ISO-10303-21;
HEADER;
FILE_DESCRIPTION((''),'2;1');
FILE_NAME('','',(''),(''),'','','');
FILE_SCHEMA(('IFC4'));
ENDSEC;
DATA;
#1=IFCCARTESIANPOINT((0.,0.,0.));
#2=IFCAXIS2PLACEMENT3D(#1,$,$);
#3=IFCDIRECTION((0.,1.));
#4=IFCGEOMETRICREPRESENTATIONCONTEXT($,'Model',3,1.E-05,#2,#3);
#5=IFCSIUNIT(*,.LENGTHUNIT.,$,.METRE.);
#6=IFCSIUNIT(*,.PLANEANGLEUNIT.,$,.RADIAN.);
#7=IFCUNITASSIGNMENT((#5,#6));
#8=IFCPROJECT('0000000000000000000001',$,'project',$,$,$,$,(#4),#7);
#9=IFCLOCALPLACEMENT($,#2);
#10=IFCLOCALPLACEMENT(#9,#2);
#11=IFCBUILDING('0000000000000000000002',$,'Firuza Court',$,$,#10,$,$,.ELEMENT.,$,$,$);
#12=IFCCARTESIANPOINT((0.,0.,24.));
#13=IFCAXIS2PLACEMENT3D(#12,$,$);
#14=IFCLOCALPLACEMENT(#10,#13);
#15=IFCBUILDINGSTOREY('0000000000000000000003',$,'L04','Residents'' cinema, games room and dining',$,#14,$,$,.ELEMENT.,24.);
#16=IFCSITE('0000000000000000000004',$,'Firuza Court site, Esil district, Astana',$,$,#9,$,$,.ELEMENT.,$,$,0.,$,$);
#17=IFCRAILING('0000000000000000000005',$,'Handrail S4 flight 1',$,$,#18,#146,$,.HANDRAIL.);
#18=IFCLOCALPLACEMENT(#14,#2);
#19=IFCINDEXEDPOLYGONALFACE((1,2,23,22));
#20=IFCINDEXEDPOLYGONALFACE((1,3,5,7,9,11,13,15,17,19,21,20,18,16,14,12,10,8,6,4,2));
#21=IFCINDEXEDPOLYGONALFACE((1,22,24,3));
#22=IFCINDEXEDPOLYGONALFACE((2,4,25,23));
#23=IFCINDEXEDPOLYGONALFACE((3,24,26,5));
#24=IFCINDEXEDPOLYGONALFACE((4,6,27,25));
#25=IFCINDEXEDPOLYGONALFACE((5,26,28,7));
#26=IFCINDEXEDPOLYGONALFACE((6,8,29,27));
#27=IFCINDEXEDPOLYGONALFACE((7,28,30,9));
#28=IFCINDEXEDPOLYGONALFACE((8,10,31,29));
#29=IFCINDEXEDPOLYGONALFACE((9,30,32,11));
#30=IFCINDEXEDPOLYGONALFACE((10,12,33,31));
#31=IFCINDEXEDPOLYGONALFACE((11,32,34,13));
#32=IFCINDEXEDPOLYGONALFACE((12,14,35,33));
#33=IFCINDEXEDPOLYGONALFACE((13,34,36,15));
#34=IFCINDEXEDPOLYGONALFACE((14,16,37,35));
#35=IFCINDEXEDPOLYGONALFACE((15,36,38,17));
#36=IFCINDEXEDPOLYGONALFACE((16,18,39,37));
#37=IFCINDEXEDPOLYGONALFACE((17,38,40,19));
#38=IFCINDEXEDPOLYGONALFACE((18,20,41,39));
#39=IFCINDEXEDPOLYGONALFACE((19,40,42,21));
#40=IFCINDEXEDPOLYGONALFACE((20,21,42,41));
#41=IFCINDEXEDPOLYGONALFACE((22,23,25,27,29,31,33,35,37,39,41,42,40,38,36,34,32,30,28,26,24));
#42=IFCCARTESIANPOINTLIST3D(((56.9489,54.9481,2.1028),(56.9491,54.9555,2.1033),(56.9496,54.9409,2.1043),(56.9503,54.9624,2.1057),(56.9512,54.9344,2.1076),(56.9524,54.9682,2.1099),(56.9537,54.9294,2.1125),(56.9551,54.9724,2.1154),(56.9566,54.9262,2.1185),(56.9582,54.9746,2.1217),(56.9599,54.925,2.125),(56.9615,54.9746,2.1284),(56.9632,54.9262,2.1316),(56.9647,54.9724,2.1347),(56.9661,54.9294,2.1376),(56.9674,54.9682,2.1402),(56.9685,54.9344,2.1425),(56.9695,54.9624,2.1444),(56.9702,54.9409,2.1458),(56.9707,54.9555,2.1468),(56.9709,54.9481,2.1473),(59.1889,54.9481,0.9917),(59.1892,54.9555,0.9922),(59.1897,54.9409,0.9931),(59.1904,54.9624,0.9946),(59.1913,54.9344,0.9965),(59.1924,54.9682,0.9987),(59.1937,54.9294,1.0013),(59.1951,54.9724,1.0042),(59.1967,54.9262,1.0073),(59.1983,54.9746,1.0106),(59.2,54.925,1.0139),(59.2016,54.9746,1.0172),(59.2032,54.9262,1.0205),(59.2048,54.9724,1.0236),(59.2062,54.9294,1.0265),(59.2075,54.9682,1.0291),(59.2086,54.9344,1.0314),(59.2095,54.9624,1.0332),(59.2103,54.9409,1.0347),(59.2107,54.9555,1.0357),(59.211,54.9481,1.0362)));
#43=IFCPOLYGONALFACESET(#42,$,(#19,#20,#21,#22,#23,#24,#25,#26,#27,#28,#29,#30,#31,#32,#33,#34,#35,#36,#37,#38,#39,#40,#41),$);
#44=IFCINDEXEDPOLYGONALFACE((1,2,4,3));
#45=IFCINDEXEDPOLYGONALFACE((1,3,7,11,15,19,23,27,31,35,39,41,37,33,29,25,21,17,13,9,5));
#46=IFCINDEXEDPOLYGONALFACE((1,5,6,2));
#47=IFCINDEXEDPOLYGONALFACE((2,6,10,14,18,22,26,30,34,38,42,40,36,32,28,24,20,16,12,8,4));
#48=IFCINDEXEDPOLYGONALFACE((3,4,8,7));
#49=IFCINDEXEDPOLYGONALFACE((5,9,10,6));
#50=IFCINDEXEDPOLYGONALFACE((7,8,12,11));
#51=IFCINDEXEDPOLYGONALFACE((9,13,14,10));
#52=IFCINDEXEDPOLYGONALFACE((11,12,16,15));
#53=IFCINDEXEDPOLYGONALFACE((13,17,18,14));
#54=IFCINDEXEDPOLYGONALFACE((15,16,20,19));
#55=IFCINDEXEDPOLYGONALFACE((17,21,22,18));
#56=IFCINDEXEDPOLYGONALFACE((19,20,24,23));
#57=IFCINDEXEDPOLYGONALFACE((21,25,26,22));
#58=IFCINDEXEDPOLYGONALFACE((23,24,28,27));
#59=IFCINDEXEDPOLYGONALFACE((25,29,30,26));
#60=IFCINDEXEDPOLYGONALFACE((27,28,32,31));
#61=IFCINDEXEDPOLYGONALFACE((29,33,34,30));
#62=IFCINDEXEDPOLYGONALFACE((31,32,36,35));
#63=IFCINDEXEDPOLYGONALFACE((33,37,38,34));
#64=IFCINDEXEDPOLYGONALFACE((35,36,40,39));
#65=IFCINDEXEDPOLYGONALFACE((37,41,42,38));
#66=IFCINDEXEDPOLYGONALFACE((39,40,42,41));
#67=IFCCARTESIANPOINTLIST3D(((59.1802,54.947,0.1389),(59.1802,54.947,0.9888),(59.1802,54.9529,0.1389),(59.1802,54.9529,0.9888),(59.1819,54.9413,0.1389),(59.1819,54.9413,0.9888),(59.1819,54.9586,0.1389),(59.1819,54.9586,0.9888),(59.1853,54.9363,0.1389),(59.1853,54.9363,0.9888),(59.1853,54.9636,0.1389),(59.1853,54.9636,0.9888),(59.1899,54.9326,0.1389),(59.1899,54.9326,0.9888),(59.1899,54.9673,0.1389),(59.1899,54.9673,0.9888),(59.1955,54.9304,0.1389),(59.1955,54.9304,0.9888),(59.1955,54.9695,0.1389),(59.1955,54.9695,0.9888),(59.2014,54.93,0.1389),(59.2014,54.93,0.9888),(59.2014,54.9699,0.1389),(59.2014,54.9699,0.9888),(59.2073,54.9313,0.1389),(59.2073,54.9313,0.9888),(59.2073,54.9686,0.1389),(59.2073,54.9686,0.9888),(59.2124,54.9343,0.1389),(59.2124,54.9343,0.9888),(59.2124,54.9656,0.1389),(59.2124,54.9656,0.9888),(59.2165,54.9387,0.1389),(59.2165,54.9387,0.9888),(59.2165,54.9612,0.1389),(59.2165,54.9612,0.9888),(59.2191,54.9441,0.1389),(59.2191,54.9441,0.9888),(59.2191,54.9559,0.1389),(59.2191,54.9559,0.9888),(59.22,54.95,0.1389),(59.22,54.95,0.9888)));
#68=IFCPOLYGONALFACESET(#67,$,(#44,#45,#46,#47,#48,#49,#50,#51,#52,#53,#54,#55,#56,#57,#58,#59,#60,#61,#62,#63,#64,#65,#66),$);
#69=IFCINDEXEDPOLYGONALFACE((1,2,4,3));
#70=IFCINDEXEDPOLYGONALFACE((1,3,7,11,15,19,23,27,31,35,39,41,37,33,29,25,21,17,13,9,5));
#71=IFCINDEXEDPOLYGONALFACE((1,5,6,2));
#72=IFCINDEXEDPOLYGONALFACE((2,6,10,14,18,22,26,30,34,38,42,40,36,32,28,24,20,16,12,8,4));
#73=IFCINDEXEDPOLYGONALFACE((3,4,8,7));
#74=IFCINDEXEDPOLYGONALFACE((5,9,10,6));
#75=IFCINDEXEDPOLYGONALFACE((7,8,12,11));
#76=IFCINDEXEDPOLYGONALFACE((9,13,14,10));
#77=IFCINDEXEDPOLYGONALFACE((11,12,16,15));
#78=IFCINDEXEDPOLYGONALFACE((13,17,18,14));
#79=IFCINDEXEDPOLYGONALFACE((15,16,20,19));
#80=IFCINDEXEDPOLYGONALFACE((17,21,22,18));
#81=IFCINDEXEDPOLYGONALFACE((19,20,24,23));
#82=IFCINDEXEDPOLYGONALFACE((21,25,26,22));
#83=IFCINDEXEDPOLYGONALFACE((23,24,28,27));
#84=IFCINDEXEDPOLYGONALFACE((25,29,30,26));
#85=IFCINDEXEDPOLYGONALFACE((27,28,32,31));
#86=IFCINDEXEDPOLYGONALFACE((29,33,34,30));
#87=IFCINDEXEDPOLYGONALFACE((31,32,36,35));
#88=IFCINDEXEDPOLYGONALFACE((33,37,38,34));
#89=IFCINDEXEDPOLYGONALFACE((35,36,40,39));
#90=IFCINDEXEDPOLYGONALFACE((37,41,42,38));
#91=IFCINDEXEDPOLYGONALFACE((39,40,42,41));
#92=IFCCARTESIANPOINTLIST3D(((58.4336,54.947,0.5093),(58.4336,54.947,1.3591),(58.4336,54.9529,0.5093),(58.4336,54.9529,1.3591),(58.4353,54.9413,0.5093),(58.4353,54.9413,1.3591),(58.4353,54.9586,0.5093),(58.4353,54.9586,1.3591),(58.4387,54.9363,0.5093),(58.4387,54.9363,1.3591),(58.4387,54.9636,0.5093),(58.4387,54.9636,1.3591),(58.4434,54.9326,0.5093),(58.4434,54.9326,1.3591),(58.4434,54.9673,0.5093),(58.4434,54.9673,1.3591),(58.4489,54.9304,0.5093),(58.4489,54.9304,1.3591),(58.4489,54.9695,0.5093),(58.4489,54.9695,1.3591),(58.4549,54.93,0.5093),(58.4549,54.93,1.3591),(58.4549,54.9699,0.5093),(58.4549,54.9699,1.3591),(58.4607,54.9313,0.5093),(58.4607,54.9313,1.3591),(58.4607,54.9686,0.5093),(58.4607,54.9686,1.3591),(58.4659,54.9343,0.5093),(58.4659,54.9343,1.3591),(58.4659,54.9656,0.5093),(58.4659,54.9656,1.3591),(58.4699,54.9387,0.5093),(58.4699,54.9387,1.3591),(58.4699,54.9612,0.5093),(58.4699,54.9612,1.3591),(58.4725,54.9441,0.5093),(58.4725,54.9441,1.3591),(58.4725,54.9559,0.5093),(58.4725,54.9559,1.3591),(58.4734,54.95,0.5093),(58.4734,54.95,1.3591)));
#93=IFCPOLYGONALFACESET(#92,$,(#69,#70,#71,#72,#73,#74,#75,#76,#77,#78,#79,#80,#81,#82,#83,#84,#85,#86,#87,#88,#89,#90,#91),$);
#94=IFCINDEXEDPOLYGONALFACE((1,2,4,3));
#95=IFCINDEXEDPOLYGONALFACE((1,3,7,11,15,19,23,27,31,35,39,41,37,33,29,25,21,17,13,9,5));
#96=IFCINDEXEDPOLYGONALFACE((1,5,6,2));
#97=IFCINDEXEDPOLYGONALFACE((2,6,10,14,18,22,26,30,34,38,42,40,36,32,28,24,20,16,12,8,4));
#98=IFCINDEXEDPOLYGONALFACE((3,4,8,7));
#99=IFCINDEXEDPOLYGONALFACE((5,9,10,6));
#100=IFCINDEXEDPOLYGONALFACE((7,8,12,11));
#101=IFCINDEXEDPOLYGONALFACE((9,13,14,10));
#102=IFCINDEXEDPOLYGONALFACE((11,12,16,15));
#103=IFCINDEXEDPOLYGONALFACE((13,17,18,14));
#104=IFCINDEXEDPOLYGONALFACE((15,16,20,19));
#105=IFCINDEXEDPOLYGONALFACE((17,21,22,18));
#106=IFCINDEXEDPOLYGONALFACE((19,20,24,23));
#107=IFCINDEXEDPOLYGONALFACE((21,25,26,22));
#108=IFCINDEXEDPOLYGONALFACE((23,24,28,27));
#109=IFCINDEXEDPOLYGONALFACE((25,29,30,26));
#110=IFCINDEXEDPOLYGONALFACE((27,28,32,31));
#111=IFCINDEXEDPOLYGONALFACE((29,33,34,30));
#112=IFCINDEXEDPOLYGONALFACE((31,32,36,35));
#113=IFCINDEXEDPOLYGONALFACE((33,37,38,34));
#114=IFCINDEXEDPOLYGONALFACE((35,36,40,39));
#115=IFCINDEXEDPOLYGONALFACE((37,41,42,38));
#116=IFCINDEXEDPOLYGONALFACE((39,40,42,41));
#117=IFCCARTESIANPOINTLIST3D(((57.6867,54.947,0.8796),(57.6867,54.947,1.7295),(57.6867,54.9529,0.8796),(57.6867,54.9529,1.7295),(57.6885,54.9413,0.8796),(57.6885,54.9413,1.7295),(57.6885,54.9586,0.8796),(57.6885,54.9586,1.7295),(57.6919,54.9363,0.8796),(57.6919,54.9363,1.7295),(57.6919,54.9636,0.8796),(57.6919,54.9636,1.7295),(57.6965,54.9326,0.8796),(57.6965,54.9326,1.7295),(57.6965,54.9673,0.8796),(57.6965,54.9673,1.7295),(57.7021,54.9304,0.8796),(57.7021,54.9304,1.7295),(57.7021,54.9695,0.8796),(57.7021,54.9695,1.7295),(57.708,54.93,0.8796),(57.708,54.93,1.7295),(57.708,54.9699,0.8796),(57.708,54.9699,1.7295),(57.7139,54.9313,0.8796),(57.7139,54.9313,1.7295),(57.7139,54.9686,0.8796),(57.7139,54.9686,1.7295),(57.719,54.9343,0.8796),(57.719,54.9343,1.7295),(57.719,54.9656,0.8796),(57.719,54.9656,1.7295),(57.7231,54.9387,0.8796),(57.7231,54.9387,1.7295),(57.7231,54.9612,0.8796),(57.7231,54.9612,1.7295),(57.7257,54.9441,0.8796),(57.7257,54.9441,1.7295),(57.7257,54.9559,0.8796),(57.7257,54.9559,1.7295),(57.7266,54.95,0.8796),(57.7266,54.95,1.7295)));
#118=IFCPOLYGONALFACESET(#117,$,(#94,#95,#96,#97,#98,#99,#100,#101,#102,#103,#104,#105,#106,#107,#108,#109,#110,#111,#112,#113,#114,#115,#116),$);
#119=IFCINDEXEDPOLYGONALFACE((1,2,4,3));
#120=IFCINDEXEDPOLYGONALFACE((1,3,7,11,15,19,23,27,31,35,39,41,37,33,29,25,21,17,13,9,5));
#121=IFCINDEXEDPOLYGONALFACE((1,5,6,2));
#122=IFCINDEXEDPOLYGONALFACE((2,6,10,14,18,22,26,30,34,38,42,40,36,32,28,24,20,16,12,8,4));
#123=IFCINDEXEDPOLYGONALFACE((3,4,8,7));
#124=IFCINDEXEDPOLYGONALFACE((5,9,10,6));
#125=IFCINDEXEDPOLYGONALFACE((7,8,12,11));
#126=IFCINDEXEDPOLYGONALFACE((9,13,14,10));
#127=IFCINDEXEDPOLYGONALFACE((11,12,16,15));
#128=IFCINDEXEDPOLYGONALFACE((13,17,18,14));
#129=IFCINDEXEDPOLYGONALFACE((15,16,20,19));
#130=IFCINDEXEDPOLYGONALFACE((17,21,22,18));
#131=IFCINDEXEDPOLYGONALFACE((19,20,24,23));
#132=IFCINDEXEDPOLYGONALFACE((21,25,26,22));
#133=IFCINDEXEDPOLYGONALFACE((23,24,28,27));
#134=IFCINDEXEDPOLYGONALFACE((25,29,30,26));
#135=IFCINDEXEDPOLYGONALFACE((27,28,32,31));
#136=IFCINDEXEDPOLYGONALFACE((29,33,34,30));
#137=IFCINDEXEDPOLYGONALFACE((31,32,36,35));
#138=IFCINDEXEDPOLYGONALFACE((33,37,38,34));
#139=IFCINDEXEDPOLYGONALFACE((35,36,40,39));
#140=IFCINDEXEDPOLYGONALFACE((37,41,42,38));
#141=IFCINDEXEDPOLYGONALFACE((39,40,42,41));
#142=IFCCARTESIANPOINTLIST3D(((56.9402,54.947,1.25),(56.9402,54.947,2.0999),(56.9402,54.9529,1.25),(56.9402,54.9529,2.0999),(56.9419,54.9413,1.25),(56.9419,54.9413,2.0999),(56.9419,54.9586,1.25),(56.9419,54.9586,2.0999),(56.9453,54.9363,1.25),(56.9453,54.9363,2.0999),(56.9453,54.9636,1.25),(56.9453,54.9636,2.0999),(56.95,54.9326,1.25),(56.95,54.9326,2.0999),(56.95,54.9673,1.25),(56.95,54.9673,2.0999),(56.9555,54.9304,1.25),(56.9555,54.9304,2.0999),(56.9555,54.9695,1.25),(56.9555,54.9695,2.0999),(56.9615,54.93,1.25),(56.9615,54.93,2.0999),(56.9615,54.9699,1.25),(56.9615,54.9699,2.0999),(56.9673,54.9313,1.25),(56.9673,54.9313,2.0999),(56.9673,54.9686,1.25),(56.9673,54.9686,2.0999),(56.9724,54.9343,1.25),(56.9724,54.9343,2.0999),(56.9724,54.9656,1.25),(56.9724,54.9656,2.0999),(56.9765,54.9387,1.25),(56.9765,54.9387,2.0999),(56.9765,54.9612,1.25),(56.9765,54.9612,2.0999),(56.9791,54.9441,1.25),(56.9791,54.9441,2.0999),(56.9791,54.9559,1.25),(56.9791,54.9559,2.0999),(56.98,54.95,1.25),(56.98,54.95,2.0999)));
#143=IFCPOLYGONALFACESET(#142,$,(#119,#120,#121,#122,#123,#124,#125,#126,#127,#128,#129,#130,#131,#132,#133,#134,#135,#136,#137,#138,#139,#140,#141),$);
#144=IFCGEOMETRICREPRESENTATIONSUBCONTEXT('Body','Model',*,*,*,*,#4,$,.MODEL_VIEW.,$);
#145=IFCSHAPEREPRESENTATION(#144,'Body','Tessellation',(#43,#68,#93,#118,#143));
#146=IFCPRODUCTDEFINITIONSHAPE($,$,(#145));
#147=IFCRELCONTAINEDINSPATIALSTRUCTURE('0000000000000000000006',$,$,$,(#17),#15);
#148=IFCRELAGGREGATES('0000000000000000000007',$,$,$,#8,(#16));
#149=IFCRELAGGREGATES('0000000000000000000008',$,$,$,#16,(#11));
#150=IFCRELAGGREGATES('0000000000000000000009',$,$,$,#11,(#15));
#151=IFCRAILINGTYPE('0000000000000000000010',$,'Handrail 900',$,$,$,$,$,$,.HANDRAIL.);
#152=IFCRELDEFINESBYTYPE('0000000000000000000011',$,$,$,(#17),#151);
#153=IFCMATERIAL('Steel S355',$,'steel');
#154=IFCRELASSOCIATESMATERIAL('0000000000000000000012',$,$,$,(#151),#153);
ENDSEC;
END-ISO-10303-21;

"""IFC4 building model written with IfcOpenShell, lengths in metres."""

from ifc_helpers import new_model, si_unit, direction, frame, origin, origin_2d, place, context, subcontext, project, spatial, circle, extrude, material, type_object, element, save


model = new_model("IFC4")

# Units and contexts
model_context = context("Model", 3, precision=1e-05, world=origin(), true_north=direction((0.0, 1.0)))
body_context = subcontext(model_context, "Body", "Model", "MODEL_VIEW")
ifc_project = project(units=[si_unit("LENGTHUNIT", "METRE"), si_unit("PLANEANGLEUNIT", "RADIAN")], contexts=[model_context])

# Site, building, storey
site_placement = place(None, origin())
site = spatial("IfcSite", under=ifc_project, at=site_placement, Name="Firuza Court site, Esil district, Astana", CompositionType="ELEMENT", RefElevation=0.0)
building_placement = place(site_placement, origin())
building = spatial("IfcBuilding", under=site, at=building_placement, Name="Firuza Court", CompositionType="ELEMENT")
storey_placement = place(building_placement, frame((0.0, 0.0, 24.0)))
storey = spatial("IfcBuildingStorey", under=building, at=storey_placement, Name="L04", Description="Residents' cinema, games room and dining", CompositionType="ELEMENT", Elevation=24.0)

# Railing
ifc_material_1 = material(Name="Steel S355", Category="steel")
railing_type_1 = type_object("IfcRailingType", Name="Handrail 900", PredefinedType="HANDRAIL", material=ifc_material_1)
railing_1_placement = place(storey_placement, frame((59.2, 54.95, 0.1389)))
element("IfcRailing", 1, at=railing_1_placement, inside=storey, type_object=railing_type_1, Name="Handrail S4 flight 1", PredefinedType="HANDRAIL", context=body_context, shape_type="SweptSolid", body=[
    extrude(circle(Radius=0.0249, at=origin_2d()), frame((0.0, 0.0, 0.875), z_axis=(-0.895848, 0.0, 0.44436), x_axis=(0.0, -1.0, 0.0)), (0.0, 0.0, 1.0), 2.5005),
    extrude(circle(Radius=0.02, at=origin_2d()), origin(), (0.0, 0.0, 1.0), 0.8499),
    extrude(circle(Radius=0.02, at=origin_2d()), frame((-0.7466, 0.0, 0.3704)), (0.0, 0.0, 1.0), 0.8499),
    extrude(circle(Radius=0.02, at=origin_2d()), frame((-1.4934, 0.0, 0.7407)), (0.0, 0.0, 1.0), 0.8499),
    extrude(circle(Radius=0.02, at=origin_2d()), frame((-2.24, 0.0, 1.1111)), (0.0, 0.0, 1.0), 0.8499),
])

save(model, "model.ifc")
